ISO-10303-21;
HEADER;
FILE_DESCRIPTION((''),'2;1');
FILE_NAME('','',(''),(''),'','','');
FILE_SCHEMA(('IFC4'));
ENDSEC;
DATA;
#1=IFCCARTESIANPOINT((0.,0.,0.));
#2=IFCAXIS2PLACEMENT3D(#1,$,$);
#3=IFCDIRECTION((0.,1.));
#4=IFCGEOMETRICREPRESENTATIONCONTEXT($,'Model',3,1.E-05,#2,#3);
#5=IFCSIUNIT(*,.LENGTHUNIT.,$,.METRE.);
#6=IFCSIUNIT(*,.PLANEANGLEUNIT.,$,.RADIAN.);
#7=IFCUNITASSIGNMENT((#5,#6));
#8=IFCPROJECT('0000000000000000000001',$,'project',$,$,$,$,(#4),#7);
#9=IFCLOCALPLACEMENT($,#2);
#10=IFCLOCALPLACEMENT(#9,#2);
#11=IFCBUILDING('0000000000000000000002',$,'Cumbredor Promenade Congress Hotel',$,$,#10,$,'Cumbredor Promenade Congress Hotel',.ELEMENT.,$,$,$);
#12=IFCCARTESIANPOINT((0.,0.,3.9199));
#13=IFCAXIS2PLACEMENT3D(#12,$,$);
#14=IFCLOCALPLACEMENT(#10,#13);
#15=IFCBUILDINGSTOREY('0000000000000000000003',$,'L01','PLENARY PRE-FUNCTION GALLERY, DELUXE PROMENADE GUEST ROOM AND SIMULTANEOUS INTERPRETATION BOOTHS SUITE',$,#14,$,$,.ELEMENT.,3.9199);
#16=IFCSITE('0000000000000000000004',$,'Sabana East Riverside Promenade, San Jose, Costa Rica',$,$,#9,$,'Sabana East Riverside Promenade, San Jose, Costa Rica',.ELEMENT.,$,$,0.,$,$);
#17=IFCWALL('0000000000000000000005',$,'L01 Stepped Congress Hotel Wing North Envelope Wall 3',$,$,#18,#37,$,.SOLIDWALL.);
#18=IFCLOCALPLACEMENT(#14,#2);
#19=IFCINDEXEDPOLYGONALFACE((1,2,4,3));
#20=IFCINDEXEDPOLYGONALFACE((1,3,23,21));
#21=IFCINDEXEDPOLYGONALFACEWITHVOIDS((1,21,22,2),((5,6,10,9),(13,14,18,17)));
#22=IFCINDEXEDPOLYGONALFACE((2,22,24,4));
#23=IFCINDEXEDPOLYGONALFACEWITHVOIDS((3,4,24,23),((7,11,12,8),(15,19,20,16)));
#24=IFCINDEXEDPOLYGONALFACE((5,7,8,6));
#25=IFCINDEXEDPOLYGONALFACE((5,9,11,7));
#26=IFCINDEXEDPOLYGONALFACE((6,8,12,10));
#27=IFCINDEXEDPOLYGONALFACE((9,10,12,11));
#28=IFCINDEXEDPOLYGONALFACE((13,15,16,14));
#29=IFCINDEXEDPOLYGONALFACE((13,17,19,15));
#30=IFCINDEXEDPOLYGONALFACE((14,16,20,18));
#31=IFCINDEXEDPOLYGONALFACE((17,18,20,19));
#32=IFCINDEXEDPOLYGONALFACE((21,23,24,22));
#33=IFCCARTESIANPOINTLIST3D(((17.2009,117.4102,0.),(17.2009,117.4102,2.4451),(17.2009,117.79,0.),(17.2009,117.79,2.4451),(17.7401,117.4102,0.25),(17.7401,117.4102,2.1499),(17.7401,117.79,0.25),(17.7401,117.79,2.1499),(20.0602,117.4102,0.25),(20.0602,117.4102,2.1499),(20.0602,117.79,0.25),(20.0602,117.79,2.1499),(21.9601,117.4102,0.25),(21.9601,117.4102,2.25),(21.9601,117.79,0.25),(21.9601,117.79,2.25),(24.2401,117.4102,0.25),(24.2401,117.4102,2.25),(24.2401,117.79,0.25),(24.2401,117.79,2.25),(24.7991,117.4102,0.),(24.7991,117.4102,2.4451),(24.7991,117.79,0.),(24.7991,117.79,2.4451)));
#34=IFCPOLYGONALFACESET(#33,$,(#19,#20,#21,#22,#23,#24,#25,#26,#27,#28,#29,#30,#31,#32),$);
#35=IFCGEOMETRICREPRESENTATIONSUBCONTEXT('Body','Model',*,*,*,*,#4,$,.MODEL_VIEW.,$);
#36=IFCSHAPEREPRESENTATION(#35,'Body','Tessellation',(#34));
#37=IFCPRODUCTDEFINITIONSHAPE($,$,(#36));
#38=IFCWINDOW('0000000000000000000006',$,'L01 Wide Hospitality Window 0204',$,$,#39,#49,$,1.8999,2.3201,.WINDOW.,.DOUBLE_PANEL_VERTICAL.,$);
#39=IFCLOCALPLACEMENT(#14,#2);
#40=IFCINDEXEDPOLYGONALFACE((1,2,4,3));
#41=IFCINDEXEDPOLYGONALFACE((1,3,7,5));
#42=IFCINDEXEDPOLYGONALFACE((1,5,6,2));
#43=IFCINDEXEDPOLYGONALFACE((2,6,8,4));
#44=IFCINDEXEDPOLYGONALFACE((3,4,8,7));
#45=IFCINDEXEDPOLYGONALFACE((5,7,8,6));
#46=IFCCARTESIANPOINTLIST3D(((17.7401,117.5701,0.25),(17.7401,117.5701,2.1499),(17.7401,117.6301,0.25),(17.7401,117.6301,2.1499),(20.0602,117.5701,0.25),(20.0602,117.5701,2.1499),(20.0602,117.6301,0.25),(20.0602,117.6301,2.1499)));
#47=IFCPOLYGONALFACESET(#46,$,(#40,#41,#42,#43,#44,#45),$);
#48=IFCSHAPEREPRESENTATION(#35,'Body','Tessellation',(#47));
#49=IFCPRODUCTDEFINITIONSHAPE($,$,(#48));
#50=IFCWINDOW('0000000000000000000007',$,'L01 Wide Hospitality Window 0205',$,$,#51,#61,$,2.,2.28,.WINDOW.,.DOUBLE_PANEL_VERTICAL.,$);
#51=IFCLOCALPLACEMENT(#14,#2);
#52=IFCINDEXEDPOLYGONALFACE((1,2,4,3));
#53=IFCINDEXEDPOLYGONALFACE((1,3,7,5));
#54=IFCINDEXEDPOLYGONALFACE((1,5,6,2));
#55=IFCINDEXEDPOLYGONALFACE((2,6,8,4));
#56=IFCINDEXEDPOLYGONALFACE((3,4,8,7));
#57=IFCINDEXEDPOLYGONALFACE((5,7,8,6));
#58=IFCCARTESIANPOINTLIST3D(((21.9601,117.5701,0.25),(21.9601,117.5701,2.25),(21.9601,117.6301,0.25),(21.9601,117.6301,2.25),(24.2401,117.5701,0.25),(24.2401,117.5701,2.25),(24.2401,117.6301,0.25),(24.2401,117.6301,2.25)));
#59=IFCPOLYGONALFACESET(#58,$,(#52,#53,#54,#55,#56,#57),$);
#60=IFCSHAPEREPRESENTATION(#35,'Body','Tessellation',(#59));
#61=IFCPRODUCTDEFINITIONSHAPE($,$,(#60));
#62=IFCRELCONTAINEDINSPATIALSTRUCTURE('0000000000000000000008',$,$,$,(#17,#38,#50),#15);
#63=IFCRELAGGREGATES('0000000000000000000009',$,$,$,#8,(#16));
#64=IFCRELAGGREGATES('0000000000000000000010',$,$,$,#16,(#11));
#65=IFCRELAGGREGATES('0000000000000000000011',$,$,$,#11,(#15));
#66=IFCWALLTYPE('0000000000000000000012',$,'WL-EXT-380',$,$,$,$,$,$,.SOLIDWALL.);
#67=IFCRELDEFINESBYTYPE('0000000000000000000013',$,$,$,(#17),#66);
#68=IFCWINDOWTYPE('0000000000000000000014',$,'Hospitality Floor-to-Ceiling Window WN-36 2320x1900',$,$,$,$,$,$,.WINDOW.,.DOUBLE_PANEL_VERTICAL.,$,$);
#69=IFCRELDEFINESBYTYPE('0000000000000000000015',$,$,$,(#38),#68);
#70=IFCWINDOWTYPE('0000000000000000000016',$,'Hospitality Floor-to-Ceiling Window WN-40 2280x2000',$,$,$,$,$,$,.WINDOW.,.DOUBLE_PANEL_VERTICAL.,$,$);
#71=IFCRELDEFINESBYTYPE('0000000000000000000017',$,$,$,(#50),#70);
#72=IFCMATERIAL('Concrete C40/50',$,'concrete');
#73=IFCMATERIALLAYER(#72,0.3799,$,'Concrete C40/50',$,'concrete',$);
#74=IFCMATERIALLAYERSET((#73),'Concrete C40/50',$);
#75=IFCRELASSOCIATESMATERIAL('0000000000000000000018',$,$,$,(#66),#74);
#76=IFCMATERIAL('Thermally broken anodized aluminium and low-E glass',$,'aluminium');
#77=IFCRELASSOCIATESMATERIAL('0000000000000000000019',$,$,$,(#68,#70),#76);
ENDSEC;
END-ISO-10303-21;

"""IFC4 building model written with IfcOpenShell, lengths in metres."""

from ifc_helpers import new_model, si_unit, direction, frame, frame_2d, origin, place, context, subcontext, project, spatial, rectangle, extrude, material, layer, layer_set, type_object, element, fill, save


model = new_model("IFC4")

# Units and contexts
model_context = context("Model", 3, precision=1e-05, world=origin(), true_north=direction((0.0, 1.0)))
body_context = subcontext(model_context, "Body", "Model", "MODEL_VIEW")
ifc_project = project(units=[si_unit("LENGTHUNIT", "METRE"), si_unit("PLANEANGLEUNIT", "RADIAN")], contexts=[model_context])

# Site, building, storey
site_placement = place(None, origin())
site = spatial("IfcSite", under=ifc_project, at=site_placement, Name="Sabana East Riverside Promenade, San Jose, Costa Rica", LongName="Sabana East Riverside Promenade, San Jose, Costa Rica", CompositionType="ELEMENT", RefElevation=0.0)
building_placement = place(site_placement, origin())
building = spatial("IfcBuilding", under=site, at=building_placement, Name="Cumbredor Promenade Congress Hotel", LongName="Cumbredor Promenade Congress Hotel", CompositionType="ELEMENT")
storey_placement = place(building_placement, frame((0.0, 0.0, 3.9199)))
storey = spatial("IfcBuildingStorey", under=building, at=storey_placement, Name="L01", Description="PLENARY PRE-FUNCTION GALLERY, DELUXE PROMENADE GUEST ROOM AND SIMULTANEOUS INTERPRETATION BOOTHS SUITE", CompositionType="ELEMENT", Elevation=3.9199)

# Shared definitions
ifc_material_1 = material(Name="Concrete C40/50", Category="concrete")

# Shared definitions
ifc_material_2 = material(Name="Thermally broken anodized aluminium and low-E glass", Category="aluminium")

# Wall, openings, windows
ifc_layer_1 = layer(ifc_material_1, 0.3799, Name="Concrete C40/50", Category="concrete")
ifc_layer_set_1 = layer_set([ifc_layer_1], Name="Concrete C40/50")
wall_type_1 = type_object("IfcWallType", Name="WL-EXT-380", PredefinedType="SOLIDWALL", material=ifc_layer_set_1)
wall_1_placement = place(storey_placement, frame((17.2009, 117.6001, 0.0), z_axis=(0.0, 0.0, 1.0), x_axis=(1.0, 0.0, 0.0)))
wall_1 = element("IfcWall", 1, at=wall_1_placement, inside=storey, type_object=wall_type_1, Name="L01 Stepped Congress Hotel Wing North Envelope Wall 3", PredefinedType="SOLIDWALL", context=body_context, shape_type="SweptSolid", body=[
    extrude(rectangle(XDim=7.5981, YDim=0.3799, at=frame_2d((3.7991, 0.0))), origin(), (0.0, 0.0, 1.0), 2.4451),
])
opening_1_placement = place(wall_1_placement, frame((0.5391, 0.0, 0.25)))
opening_1 = element("IfcOpeningElement", 2, at=opening_1_placement, cuts=wall_1, PredefinedType="OPENING", context=body_context, shape_type="SweptSolid", body=[
    extrude(rectangle(XDim=2.3201, YDim=1.8999, at=frame_2d((1.1602, 0.95))), frame((0.0, 0.2, 0.0), z_axis=(0.0, -1.0, 0.0), x_axis=(1.0, 0.0, 0.0)), (0.0, 0.0, 1.0), 0.3999),
])
opening_2_placement = place(wall_1_placement, frame((4.759, 0.0, 0.25)))
opening_2 = element("IfcOpeningElement", 3, at=opening_2_placement, cuts=wall_1, PredefinedType="OPENING", context=body_context, shape_type="SweptSolid", body=[
    extrude(rectangle(XDim=2.28, YDim=2.0, at=frame_2d((1.1401, 1.0))), frame((0.0, 0.2, 0.0), z_axis=(0.0, -1.0, 0.0), x_axis=(1.0, 0.0, 0.0)), (0.0, 0.0, 1.0), 0.3999),
])
window_type_1 = type_object("IfcWindowType", Name="Hospitality Floor-to-Ceiling Window WN-36 2320x1900", PartitioningType="DOUBLE_PANEL_VERTICAL", PredefinedType="WINDOW", material=ifc_material_2)
window_1_placement = place(opening_1_placement, origin())
window_1 = element("IfcWindow", 4, at=window_1_placement, inside=storey, type_object=window_type_1, Name="L01 Wide Hospitality Window 0204", OverallHeight=1.8999, OverallWidth=2.3201, PartitioningType="DOUBLE_PANEL_VERTICAL", PredefinedType="WINDOW", context=body_context, shape_type="SweptSolid", body=[
    extrude(rectangle(XDim=2.3201, YDim=1.8999, at=frame_2d((1.1602, 0.95))), frame((0.0, 0.03, 0.0), z_axis=(0.0, -1.0, 0.0), x_axis=(1.0, 0.0, 0.0)), (0.0, 0.0, 1.0), 0.0601),
])
fill(opening_1, window_1)
window_type_2 = type_object("IfcWindowType", Name="Hospitality Floor-to-Ceiling Window WN-40 2280x2000", PartitioningType="DOUBLE_PANEL_VERTICAL", PredefinedType="WINDOW", material=ifc_material_2)
window_2_placement = place(opening_2_placement, origin())
window_2 = element("IfcWindow", 5, at=window_2_placement, inside=storey, type_object=window_type_2, Name="L01 Wide Hospitality Window 0205", OverallHeight=2.0, OverallWidth=2.28, PartitioningType="DOUBLE_PANEL_VERTICAL", PredefinedType="WINDOW", context=body_context, shape_type="SweptSolid", body=[
    extrude(rectangle(XDim=2.28, YDim=2.0, at=frame_2d((1.1401, 1.0))), frame((0.0, 0.03, 0.0), z_axis=(0.0, -1.0, 0.0), x_axis=(1.0, 0.0, 0.0)), (0.0, 0.0, 1.0), 0.0601),
])
fill(opening_2, window_2)

save(model, "model.ifc")
